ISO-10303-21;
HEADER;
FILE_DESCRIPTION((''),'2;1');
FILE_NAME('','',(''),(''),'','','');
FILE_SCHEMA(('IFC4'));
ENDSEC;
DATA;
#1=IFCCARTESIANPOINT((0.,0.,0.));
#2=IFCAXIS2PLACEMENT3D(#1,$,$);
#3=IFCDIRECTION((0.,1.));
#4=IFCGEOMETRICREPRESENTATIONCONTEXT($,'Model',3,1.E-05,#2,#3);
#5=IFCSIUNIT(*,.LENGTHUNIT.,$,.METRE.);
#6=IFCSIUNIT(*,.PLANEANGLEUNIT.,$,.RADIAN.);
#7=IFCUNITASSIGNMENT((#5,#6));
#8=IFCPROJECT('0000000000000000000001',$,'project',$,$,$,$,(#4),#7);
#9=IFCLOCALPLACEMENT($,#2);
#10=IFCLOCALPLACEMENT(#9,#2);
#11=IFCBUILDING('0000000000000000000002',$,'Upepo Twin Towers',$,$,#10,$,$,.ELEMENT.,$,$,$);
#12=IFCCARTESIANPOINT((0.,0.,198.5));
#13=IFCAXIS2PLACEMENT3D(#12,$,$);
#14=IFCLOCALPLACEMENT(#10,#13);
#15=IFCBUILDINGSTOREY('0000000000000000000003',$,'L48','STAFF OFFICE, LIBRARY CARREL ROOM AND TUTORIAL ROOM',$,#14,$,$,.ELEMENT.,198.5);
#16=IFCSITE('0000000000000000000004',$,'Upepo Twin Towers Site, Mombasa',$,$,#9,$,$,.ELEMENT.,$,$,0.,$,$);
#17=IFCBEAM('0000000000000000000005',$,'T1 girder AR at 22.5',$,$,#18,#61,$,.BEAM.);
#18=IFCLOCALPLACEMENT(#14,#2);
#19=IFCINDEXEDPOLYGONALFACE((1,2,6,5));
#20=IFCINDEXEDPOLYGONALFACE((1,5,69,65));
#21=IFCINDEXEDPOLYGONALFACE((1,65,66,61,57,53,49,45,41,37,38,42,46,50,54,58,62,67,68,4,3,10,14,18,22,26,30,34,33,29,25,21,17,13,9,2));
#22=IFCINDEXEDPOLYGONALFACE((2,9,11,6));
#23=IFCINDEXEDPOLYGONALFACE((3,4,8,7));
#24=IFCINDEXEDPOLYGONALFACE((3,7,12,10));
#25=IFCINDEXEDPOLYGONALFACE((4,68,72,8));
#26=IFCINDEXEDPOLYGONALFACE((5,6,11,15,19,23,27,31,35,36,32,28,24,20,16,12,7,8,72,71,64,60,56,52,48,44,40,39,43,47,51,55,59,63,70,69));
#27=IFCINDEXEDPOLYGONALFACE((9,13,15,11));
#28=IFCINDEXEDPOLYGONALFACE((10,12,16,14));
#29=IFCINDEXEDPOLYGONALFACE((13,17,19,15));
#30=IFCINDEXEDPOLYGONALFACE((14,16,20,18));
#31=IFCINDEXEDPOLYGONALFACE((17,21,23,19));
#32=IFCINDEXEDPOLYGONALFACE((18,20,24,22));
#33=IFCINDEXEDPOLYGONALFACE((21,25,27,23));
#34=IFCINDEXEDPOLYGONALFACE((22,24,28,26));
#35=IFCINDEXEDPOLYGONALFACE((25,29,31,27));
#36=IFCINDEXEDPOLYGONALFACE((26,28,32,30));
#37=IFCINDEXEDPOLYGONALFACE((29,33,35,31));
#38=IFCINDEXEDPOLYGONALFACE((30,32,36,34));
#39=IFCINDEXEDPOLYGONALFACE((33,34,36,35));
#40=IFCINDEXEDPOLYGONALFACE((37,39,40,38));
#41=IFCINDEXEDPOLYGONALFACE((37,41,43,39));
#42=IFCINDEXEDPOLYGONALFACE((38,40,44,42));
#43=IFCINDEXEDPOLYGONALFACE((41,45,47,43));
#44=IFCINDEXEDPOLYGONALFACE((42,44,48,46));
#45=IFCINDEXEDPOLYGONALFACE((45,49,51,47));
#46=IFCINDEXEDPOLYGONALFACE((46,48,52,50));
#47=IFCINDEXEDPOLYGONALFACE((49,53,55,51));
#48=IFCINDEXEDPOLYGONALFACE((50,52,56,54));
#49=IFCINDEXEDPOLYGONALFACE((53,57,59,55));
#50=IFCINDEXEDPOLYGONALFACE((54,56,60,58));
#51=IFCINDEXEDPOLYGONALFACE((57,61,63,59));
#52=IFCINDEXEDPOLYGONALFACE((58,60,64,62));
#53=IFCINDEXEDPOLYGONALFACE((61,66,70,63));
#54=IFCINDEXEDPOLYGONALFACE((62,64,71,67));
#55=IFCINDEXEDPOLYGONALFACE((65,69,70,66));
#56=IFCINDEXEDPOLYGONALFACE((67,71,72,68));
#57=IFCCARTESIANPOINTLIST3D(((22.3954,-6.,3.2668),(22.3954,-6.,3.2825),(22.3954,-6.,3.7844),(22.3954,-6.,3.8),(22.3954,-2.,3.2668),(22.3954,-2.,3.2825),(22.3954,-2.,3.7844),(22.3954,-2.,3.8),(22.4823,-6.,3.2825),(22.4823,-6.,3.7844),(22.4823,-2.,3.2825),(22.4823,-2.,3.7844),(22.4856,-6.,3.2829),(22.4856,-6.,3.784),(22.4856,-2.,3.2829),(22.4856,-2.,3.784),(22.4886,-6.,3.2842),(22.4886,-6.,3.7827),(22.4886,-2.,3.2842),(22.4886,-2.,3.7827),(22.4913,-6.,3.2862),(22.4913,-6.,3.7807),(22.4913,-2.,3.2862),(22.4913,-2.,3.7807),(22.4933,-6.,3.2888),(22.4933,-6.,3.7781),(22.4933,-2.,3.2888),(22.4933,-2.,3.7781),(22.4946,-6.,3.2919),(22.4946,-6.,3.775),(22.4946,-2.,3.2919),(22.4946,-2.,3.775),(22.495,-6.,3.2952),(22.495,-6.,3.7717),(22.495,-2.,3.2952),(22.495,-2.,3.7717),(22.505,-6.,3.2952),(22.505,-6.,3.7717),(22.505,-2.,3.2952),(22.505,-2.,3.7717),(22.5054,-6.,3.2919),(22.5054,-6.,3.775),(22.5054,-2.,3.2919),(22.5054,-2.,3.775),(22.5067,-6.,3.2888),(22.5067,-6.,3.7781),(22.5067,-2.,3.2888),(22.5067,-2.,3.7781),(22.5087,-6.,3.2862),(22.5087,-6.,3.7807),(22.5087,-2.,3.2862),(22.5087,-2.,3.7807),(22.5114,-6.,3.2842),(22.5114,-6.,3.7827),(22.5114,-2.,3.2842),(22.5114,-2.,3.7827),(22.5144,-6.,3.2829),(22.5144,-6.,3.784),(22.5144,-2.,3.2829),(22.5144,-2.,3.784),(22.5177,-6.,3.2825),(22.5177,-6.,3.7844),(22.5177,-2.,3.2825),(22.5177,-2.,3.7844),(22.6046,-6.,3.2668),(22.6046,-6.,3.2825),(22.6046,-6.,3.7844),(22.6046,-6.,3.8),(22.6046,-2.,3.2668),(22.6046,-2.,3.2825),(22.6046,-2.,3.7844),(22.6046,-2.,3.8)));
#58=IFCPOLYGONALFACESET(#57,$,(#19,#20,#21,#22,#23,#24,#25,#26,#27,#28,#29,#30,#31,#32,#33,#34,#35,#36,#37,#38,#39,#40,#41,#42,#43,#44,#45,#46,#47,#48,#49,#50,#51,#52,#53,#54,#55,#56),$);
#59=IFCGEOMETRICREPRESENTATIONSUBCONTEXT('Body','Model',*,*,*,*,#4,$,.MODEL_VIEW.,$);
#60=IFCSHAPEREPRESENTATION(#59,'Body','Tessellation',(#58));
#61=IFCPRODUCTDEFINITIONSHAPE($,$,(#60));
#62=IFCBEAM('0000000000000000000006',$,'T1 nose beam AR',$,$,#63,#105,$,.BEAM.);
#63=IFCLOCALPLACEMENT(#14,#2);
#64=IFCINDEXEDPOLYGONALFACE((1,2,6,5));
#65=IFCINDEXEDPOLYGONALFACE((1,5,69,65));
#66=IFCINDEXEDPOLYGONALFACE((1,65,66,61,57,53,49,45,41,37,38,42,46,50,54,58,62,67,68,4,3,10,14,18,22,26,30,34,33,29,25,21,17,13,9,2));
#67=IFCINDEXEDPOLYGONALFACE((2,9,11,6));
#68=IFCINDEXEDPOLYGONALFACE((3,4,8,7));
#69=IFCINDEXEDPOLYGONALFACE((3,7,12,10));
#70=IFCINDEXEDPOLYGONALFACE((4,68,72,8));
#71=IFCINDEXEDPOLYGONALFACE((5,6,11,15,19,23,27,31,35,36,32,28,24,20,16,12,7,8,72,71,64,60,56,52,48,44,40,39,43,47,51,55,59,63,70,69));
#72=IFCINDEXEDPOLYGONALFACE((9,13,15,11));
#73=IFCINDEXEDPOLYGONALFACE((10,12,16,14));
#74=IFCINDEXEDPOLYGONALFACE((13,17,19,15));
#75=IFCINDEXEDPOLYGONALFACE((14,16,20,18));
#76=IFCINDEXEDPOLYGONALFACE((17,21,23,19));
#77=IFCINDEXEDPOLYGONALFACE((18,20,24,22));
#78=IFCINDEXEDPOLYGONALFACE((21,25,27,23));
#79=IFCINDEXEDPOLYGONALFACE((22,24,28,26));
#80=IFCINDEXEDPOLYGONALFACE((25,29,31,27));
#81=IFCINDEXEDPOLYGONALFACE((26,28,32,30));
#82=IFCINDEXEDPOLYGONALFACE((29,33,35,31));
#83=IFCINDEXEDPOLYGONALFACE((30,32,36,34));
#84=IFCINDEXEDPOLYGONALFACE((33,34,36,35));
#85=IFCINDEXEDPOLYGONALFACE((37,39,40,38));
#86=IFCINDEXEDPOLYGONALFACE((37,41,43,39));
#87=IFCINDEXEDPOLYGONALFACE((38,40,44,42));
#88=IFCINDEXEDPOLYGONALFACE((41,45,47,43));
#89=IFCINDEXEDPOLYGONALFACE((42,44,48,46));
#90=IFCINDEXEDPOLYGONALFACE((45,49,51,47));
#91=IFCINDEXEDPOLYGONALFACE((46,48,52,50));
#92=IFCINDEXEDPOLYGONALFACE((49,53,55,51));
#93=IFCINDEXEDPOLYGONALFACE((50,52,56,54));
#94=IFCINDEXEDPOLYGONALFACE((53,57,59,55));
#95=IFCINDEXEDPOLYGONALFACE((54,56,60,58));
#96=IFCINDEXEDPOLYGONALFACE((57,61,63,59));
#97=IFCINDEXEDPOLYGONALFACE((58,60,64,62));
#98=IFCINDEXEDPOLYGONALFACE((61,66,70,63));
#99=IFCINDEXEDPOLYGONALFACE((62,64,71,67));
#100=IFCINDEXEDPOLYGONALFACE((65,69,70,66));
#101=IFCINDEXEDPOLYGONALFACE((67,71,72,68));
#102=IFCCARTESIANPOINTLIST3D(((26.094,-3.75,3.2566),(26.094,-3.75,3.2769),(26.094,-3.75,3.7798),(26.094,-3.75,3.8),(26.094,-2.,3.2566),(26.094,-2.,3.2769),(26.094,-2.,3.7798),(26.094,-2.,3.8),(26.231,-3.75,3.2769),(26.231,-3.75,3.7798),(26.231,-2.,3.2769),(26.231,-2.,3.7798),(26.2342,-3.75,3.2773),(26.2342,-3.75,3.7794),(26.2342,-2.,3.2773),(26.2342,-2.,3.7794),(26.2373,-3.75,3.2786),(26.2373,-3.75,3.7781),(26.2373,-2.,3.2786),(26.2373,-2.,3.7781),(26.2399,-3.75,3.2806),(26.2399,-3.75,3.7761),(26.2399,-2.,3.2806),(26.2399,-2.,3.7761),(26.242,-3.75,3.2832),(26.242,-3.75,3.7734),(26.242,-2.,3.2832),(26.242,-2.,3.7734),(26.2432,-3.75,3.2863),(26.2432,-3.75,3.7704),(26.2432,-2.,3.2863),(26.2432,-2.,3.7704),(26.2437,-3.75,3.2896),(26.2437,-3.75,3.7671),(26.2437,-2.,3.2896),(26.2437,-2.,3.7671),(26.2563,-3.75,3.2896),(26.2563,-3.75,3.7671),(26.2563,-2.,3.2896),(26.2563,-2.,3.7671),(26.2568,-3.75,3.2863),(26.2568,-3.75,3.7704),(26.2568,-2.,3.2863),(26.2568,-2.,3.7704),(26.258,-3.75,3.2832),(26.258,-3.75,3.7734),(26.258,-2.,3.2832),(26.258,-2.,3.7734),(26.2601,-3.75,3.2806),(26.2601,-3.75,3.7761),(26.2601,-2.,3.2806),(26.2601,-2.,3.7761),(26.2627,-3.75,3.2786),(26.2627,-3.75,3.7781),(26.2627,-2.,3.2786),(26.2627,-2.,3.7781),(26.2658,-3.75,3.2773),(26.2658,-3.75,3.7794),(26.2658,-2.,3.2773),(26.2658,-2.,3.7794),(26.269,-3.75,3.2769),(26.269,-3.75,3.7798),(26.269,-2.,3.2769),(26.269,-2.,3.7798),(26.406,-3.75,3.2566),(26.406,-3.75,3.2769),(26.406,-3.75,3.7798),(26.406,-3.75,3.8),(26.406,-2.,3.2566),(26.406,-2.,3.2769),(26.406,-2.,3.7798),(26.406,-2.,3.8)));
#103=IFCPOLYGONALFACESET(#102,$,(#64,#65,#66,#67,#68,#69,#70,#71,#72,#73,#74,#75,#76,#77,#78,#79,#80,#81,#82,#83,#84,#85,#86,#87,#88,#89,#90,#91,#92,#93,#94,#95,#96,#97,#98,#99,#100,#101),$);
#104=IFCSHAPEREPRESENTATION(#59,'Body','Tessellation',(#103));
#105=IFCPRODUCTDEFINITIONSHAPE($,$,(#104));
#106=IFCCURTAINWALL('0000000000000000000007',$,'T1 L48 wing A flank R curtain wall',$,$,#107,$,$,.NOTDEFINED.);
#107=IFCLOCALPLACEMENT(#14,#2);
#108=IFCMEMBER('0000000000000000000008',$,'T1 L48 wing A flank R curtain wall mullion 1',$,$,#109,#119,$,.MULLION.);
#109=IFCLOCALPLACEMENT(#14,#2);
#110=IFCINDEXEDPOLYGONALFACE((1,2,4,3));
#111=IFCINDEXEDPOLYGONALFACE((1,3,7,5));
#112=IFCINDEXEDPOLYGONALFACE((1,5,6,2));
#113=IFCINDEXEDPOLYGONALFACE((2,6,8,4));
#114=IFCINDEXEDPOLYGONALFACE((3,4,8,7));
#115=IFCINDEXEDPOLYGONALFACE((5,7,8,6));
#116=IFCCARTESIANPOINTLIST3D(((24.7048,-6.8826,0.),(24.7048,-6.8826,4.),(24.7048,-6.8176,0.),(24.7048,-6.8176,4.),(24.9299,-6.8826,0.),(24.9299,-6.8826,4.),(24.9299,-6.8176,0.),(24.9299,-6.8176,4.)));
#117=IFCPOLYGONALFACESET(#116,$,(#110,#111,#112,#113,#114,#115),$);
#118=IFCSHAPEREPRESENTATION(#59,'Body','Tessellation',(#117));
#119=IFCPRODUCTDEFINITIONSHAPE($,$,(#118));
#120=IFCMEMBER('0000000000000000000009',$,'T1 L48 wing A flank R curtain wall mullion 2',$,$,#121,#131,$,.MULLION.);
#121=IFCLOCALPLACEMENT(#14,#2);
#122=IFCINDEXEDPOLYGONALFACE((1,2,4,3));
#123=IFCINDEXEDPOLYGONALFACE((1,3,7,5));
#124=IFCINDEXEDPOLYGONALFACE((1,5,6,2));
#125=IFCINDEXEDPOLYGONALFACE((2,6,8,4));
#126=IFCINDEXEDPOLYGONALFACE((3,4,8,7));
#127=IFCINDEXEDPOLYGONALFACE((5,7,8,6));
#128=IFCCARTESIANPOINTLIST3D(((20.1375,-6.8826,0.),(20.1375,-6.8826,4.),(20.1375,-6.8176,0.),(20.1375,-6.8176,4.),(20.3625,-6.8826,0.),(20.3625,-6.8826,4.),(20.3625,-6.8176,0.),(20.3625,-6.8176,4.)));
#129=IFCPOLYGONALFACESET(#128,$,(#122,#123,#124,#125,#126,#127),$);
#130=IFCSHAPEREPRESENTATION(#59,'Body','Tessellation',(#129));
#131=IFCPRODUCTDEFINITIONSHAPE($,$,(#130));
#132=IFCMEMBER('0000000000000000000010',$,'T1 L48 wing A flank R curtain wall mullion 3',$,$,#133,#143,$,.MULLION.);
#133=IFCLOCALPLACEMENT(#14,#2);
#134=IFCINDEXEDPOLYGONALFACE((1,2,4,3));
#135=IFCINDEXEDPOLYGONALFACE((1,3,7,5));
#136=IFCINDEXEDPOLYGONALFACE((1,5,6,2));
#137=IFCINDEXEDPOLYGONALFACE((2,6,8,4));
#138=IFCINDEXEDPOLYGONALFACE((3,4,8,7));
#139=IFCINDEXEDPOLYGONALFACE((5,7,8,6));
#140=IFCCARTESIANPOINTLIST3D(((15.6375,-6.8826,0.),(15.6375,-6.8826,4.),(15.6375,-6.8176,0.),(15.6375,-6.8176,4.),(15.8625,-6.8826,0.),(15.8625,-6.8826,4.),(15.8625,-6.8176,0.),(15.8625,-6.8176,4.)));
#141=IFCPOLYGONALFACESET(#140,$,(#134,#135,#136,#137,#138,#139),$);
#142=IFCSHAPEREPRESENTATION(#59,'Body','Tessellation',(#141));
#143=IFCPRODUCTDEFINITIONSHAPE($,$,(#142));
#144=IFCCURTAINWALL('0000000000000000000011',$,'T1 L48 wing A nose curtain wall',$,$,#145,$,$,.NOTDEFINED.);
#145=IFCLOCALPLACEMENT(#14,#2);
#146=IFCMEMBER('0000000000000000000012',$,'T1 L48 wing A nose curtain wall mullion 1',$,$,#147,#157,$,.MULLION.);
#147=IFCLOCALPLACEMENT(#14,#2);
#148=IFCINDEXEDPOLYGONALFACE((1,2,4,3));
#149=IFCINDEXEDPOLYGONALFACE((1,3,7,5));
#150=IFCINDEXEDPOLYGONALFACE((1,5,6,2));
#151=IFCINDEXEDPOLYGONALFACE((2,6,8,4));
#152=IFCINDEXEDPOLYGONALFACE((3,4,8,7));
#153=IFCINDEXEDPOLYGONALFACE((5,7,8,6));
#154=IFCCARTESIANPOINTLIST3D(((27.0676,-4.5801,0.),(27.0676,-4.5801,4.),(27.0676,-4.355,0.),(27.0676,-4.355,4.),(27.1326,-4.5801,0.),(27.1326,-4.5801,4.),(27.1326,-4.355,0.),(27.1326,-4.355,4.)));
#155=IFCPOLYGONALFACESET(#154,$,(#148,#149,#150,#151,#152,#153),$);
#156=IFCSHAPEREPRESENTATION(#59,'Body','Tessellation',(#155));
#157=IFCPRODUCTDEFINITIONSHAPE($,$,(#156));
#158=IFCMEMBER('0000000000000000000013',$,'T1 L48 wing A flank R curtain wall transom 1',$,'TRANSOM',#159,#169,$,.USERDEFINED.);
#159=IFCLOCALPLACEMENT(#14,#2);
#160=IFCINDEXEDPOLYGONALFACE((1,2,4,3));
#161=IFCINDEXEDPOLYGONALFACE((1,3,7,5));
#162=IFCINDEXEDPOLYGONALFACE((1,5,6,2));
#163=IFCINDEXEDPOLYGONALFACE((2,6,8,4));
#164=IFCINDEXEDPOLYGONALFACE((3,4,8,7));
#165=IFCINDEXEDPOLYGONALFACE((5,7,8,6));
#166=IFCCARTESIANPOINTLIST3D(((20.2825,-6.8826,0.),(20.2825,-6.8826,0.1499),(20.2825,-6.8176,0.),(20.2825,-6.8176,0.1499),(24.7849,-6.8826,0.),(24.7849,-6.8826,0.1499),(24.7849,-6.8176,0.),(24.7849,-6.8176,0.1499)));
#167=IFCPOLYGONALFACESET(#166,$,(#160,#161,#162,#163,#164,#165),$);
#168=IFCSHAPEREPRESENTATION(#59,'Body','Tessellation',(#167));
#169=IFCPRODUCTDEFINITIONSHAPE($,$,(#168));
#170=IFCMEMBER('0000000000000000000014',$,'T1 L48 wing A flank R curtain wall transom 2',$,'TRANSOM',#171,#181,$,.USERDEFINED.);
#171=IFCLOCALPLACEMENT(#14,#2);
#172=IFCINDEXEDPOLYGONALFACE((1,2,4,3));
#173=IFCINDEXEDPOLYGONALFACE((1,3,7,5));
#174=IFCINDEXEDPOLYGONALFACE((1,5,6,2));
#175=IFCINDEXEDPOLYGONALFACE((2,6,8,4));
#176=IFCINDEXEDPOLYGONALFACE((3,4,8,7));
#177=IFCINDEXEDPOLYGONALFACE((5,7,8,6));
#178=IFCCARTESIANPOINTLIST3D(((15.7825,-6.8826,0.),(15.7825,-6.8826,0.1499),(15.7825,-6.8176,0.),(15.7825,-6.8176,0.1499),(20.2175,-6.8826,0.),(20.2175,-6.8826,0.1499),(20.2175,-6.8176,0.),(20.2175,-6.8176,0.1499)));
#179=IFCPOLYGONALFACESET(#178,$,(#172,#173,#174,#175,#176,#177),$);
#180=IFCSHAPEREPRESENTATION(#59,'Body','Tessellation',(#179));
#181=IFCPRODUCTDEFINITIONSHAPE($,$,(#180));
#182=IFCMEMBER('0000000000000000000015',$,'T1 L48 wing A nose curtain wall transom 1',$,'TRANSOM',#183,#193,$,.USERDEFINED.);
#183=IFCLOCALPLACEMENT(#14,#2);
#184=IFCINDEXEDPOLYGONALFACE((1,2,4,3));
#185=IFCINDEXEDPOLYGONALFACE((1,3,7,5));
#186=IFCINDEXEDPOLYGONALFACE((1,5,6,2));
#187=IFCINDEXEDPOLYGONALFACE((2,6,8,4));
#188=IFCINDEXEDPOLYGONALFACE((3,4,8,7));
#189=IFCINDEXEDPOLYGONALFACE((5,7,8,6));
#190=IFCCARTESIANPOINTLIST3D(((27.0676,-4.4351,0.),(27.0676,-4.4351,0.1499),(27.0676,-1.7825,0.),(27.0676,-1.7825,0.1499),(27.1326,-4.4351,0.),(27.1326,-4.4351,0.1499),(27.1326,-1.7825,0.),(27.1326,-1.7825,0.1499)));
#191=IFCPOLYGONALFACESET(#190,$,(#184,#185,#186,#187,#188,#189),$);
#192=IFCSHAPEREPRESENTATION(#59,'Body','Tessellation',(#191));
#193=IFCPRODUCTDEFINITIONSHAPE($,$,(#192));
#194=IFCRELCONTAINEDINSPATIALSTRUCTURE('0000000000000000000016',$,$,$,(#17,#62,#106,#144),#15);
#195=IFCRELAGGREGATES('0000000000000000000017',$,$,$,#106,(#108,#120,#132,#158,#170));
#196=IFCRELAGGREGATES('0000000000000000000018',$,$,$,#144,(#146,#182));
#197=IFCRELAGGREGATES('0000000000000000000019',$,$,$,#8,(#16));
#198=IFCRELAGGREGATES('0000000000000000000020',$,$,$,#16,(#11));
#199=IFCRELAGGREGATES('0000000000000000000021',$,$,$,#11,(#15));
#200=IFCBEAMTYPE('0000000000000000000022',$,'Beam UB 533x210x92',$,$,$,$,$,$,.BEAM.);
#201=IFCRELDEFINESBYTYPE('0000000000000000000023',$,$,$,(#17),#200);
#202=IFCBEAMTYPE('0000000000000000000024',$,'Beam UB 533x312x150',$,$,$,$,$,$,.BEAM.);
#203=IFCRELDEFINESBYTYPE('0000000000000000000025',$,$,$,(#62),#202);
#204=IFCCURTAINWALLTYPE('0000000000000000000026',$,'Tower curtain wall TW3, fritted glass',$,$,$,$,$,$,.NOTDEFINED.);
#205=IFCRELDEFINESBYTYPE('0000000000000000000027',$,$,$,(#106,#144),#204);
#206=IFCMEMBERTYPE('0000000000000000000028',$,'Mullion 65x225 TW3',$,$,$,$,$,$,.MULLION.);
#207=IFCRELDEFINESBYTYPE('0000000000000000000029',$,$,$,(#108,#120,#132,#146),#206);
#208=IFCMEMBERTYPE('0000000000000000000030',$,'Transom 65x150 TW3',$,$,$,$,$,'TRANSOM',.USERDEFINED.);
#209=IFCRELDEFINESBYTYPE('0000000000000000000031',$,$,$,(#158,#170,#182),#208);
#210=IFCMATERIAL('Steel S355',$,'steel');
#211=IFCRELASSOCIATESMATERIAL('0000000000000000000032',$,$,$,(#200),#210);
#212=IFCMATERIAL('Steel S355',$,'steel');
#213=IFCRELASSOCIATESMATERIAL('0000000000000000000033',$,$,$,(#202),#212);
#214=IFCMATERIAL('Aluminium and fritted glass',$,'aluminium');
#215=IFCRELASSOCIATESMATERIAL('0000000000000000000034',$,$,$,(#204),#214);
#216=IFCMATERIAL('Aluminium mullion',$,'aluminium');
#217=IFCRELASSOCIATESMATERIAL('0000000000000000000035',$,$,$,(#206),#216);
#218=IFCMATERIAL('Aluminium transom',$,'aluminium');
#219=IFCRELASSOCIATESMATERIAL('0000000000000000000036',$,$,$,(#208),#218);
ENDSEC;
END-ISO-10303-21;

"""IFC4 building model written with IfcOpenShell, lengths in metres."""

from ifc_helpers import new_model, si_unit, direction, frame, origin, origin_2d, place, context, subcontext, project, spatial, rectangle, i_section, extrude, material, material_profile, profile_set, type_object, element, aggregate, save


model = new_model("IFC4")

# Units and contexts
model_context = context("Model", 3, precision=1e-05, world=origin(), true_north=direction((0.0, 1.0)))
body_context = subcontext(model_context, "Body", "Model", "MODEL_VIEW")
ifc_project = project(units=[si_unit("LENGTHUNIT", "METRE"), si_unit("PLANEANGLEUNIT", "RADIAN")], contexts=[model_context])

# Site, building, storey
site_placement = place(None, origin())
site = spatial("IfcSite", under=ifc_project, at=site_placement, Name="Upepo Twin Towers Site, Mombasa", CompositionType="ELEMENT", RefElevation=0.0)
building_placement = place(site_placement, origin())
building = spatial("IfcBuilding", under=site, at=building_placement, Name="Upepo Twin Towers", CompositionType="ELEMENT")
storey_placement = place(building_placement, frame((0.0, 0.0, 198.5)))
storey = spatial("IfcBuildingStorey", under=building, at=storey_placement, Name="L48", Description="STAFF OFFICE, LIBRARY CARREL ROOM AND TUTORIAL ROOM", CompositionType="ELEMENT", Elevation=198.5)

# Beams
ifc_material_1 = material(Name="Steel S355", Category="steel")
ifc_material_profile_1 = material_profile(ifc_material_1, i_section(OverallWidth=0.2092, OverallDepth=0.5332, WebThickness=0.01, FlangeThickness=0.0156, FilletRadius=0.0127, at=origin_2d()), Name="UB 533x210x92")
ifc_profile_set_1 = profile_set([ifc_material_profile_1], Name="Steel S355")
beam_type_1 = type_object("IfcBeamType", Name="Beam UB 533x210x92", PredefinedType="BEAM", material=ifc_profile_set_1)
for number, where, z_axis, x_axis, name in (
    (1, (22.5, -6.0, 3.5334), (0.0, 1.0, 0.0), (-1.0, 0.0, 0.0), "T1 girder AR at 22.5"),
):
    element("IfcBeam", number, at=place(storey_placement, frame(where, z_axis=z_axis, x_axis=x_axis)), inside=storey, type_object=beam_type_1, Name=name, PredefinedType="BEAM", context=body_context, shape_type="SweptSolid", body=[
        extrude(i_section(OverallWidth=0.2092, OverallDepth=0.5332, WebThickness=0.01, FlangeThickness=0.0156, FilletRadius=0.0127, at=origin_2d()), origin(), (0.0, 0.0, 1.0), 4.0),
    ])
ifc_material_2 = material(Name="Steel S355", Category="steel")
ifc_material_profile_2 = material_profile(ifc_material_2, i_section(OverallWidth=0.312, OverallDepth=0.5435, WebThickness=0.0127, FlangeThickness=0.0203, FilletRadius=0.0127, at=origin_2d()), Name="UB 533x312x150")
ifc_profile_set_2 = profile_set([ifc_material_profile_2], Name="Steel S355")
beam_type_2 = type_object("IfcBeamType", Name="Beam UB 533x312x150", PredefinedType="BEAM", material=ifc_profile_set_2)
beam_1_placement = place(storey_placement, frame((26.25, -3.75, 3.5283), z_axis=(0.0, 1.0, 0.0), x_axis=(-1.0, 0.0, 0.0)))
element("IfcBeam", 2, at=beam_1_placement, inside=storey, type_object=beam_type_2, Name="T1 nose beam AR", PredefinedType="BEAM", context=body_context, shape_type="SweptSolid", body=[
    extrude(i_section(OverallWidth=0.312, OverallDepth=0.5435, WebThickness=0.0127, FlangeThickness=0.0203, FilletRadius=0.0127, at=origin_2d()), origin(), (0.0, 0.0, 1.0), 1.75),
])

# Curtain wall, members
ifc_material_3 = material(Name="Aluminium and fritted glass", Category="aluminium")
curtain_wall_type = type_object("IfcCurtainWallType", Name="Tower curtain wall TW3, fritted glass", PredefinedType="NOTDEFINED", material=ifc_material_3)
curtain_wall_1_placement = place(storey_placement, origin())
curtain_wall_1 = element("IfcCurtainWall", 3, at=curtain_wall_1_placement, inside=storey, type_object=curtain_wall_type, Name="T1 L48 wing A flank R curtain wall", PredefinedType="NOTDEFINED")
ifc_material_4 = material(Name="Aluminium mullion", Category="aluminium")
ifc_material_profile_3 = material_profile(ifc_material_4, rectangle(XDim=0.0649, YDim=0.2251, at=origin_2d()), Name="MULLION 65x225")
ifc_profile_set_3 = profile_set([ifc_material_profile_3], Name="Aluminium mullion")
member_type_1 = type_object("IfcMemberType", Name="Mullion 65x225 TW3", PredefinedType="MULLION", material=ifc_profile_set_3)
member_1_placement = place(storey_placement, frame((24.8174, -6.8501, 0.0), z_axis=(0.0, 0.0, 1.0), x_axis=(0.0, -1.0, 0.0)))
member_1 = element("IfcMember", 4, at=member_1_placement, type_object=member_type_1, Name="T1 L48 wing A flank R curtain wall mullion 1", PredefinedType="MULLION", context=body_context, shape_type="SweptSolid", body=[
    extrude(rectangle(XDim=0.0649, YDim=0.2251, at=origin_2d()), origin(), (0.0, 0.0, 1.0), 4.0),
])
member_2_placement = place(storey_placement, frame((20.25, -6.8501, 0.0), z_axis=(0.0, 0.0, 1.0), x_axis=(0.0, -1.0, 0.0)))
member_2 = element("IfcMember", 5, at=member_2_placement, type_object=member_type_1, Name="T1 L48 wing A flank R curtain wall mullion 2", PredefinedType="MULLION", context=body_context, shape_type="SweptSolid", body=[
    extrude(rectangle(XDim=0.0649, YDim=0.2251, at=origin_2d()), origin(), (0.0, 0.0, 1.0), 4.0),
])
member_3_placement = place(storey_placement, frame((15.75, -6.8501, 0.0), z_axis=(0.0, 0.0, 1.0), x_axis=(0.0, -1.0, 0.0)))
member_3 = element("IfcMember", 6, at=member_3_placement, type_object=member_type_1, Name="T1 L48 wing A flank R curtain wall mullion 3", PredefinedType="MULLION", context=body_context, shape_type="SweptSolid", body=[
    extrude(rectangle(XDim=0.0649, YDim=0.2251, at=origin_2d()), origin(), (0.0, 0.0, 1.0), 4.0),
])

# Curtain wall, member
curtain_wall_2_placement = place(storey_placement, origin())
curtain_wall_2 = element("IfcCurtainWall", 7, at=curtain_wall_2_placement, inside=storey, type_object=curtain_wall_type, Name="T1 L48 wing A nose curtain wall", PredefinedType="NOTDEFINED")
member_4_placement = place(storey_placement, frame((27.1001, -4.4675, 0.0), z_axis=(0.0, 0.0, 1.0), x_axis=(-1.0, 0.0, 0.0)))
member_4 = element("IfcMember", 8, at=member_4_placement, type_object=member_type_1, Name="T1 L48 wing A nose curtain wall mullion 1", PredefinedType="MULLION", context=body_context, shape_type="SweptSolid", body=[
    extrude(rectangle(XDim=0.0649, YDim=0.2251, at=origin_2d()), origin(), (0.0, 0.0, 1.0), 4.0),
])

# Members
ifc_material_5 = material(Name="Aluminium transom", Category="aluminium")
ifc_material_profile_4 = material_profile(ifc_material_5, rectangle(XDim=0.0649, YDim=0.1499, at=origin_2d()), Name="TRANSOM 65x150")
ifc_profile_set_4 = profile_set([ifc_material_profile_4], Name="Aluminium transom")
member_type_2 = type_object("IfcMemberType", Name="Transom 65x150 TW3", ElementType="TRANSOM", PredefinedType="USERDEFINED", material=ifc_profile_set_4)
member_5_placement = place(storey_placement, frame((24.7849, -6.8501, 0.075), z_axis=(-1.0, 0.0, 0.0), x_axis=(0.0, -1.0, 0.0)))
member_5 = element("IfcMember", 9, at=member_5_placement, type_object=member_type_2, Name="T1 L48 wing A flank R curtain wall transom 1", ObjectType="TRANSOM", PredefinedType="USERDEFINED", context=body_context, shape_type="SweptSolid", body=[
    extrude(rectangle(XDim=0.0649, YDim=0.1499, at=origin_2d()), origin(), (0.0, 0.0, 1.0), 4.5024),
])
member_6_placement = place(storey_placement, frame((20.2175, -6.8501, 0.075), z_axis=(-1.0, 0.0, 0.0), x_axis=(0.0, -1.0, 0.0)))
member_6 = element("IfcMember", 10, at=member_6_placement, type_object=member_type_2, Name="T1 L48 wing A flank R curtain wall transom 2", ObjectType="TRANSOM", PredefinedType="USERDEFINED", context=body_context, shape_type="SweptSolid", body=[
    extrude(rectangle(XDim=0.0649, YDim=0.1499, at=origin_2d()), origin(), (0.0, 0.0, 1.0), 4.4351),
])
member_7_placement = place(storey_placement, frame((27.1001, -4.4351, 0.075), z_axis=(0.0, 1.0, 0.0), x_axis=(-1.0, 0.0, 0.0)))
member_7 = element("IfcMember", 11, at=member_7_placement, type_object=member_type_2, Name="T1 L48 wing A nose curtain wall transom 1", ObjectType="TRANSOM", PredefinedType="USERDEFINED", context=body_context, shape_type="SweptSolid", body=[
    extrude(rectangle(XDim=0.0649, YDim=0.1499, at=origin_2d()), origin(), (0.0, 0.0, 1.0), 2.6526),
])

aggregate(curtain_wall_1, [member_1, member_2, member_3, member_5, member_6])
aggregate(curtain_wall_2, [member_4, member_7])

save(model, "model.ifc")
